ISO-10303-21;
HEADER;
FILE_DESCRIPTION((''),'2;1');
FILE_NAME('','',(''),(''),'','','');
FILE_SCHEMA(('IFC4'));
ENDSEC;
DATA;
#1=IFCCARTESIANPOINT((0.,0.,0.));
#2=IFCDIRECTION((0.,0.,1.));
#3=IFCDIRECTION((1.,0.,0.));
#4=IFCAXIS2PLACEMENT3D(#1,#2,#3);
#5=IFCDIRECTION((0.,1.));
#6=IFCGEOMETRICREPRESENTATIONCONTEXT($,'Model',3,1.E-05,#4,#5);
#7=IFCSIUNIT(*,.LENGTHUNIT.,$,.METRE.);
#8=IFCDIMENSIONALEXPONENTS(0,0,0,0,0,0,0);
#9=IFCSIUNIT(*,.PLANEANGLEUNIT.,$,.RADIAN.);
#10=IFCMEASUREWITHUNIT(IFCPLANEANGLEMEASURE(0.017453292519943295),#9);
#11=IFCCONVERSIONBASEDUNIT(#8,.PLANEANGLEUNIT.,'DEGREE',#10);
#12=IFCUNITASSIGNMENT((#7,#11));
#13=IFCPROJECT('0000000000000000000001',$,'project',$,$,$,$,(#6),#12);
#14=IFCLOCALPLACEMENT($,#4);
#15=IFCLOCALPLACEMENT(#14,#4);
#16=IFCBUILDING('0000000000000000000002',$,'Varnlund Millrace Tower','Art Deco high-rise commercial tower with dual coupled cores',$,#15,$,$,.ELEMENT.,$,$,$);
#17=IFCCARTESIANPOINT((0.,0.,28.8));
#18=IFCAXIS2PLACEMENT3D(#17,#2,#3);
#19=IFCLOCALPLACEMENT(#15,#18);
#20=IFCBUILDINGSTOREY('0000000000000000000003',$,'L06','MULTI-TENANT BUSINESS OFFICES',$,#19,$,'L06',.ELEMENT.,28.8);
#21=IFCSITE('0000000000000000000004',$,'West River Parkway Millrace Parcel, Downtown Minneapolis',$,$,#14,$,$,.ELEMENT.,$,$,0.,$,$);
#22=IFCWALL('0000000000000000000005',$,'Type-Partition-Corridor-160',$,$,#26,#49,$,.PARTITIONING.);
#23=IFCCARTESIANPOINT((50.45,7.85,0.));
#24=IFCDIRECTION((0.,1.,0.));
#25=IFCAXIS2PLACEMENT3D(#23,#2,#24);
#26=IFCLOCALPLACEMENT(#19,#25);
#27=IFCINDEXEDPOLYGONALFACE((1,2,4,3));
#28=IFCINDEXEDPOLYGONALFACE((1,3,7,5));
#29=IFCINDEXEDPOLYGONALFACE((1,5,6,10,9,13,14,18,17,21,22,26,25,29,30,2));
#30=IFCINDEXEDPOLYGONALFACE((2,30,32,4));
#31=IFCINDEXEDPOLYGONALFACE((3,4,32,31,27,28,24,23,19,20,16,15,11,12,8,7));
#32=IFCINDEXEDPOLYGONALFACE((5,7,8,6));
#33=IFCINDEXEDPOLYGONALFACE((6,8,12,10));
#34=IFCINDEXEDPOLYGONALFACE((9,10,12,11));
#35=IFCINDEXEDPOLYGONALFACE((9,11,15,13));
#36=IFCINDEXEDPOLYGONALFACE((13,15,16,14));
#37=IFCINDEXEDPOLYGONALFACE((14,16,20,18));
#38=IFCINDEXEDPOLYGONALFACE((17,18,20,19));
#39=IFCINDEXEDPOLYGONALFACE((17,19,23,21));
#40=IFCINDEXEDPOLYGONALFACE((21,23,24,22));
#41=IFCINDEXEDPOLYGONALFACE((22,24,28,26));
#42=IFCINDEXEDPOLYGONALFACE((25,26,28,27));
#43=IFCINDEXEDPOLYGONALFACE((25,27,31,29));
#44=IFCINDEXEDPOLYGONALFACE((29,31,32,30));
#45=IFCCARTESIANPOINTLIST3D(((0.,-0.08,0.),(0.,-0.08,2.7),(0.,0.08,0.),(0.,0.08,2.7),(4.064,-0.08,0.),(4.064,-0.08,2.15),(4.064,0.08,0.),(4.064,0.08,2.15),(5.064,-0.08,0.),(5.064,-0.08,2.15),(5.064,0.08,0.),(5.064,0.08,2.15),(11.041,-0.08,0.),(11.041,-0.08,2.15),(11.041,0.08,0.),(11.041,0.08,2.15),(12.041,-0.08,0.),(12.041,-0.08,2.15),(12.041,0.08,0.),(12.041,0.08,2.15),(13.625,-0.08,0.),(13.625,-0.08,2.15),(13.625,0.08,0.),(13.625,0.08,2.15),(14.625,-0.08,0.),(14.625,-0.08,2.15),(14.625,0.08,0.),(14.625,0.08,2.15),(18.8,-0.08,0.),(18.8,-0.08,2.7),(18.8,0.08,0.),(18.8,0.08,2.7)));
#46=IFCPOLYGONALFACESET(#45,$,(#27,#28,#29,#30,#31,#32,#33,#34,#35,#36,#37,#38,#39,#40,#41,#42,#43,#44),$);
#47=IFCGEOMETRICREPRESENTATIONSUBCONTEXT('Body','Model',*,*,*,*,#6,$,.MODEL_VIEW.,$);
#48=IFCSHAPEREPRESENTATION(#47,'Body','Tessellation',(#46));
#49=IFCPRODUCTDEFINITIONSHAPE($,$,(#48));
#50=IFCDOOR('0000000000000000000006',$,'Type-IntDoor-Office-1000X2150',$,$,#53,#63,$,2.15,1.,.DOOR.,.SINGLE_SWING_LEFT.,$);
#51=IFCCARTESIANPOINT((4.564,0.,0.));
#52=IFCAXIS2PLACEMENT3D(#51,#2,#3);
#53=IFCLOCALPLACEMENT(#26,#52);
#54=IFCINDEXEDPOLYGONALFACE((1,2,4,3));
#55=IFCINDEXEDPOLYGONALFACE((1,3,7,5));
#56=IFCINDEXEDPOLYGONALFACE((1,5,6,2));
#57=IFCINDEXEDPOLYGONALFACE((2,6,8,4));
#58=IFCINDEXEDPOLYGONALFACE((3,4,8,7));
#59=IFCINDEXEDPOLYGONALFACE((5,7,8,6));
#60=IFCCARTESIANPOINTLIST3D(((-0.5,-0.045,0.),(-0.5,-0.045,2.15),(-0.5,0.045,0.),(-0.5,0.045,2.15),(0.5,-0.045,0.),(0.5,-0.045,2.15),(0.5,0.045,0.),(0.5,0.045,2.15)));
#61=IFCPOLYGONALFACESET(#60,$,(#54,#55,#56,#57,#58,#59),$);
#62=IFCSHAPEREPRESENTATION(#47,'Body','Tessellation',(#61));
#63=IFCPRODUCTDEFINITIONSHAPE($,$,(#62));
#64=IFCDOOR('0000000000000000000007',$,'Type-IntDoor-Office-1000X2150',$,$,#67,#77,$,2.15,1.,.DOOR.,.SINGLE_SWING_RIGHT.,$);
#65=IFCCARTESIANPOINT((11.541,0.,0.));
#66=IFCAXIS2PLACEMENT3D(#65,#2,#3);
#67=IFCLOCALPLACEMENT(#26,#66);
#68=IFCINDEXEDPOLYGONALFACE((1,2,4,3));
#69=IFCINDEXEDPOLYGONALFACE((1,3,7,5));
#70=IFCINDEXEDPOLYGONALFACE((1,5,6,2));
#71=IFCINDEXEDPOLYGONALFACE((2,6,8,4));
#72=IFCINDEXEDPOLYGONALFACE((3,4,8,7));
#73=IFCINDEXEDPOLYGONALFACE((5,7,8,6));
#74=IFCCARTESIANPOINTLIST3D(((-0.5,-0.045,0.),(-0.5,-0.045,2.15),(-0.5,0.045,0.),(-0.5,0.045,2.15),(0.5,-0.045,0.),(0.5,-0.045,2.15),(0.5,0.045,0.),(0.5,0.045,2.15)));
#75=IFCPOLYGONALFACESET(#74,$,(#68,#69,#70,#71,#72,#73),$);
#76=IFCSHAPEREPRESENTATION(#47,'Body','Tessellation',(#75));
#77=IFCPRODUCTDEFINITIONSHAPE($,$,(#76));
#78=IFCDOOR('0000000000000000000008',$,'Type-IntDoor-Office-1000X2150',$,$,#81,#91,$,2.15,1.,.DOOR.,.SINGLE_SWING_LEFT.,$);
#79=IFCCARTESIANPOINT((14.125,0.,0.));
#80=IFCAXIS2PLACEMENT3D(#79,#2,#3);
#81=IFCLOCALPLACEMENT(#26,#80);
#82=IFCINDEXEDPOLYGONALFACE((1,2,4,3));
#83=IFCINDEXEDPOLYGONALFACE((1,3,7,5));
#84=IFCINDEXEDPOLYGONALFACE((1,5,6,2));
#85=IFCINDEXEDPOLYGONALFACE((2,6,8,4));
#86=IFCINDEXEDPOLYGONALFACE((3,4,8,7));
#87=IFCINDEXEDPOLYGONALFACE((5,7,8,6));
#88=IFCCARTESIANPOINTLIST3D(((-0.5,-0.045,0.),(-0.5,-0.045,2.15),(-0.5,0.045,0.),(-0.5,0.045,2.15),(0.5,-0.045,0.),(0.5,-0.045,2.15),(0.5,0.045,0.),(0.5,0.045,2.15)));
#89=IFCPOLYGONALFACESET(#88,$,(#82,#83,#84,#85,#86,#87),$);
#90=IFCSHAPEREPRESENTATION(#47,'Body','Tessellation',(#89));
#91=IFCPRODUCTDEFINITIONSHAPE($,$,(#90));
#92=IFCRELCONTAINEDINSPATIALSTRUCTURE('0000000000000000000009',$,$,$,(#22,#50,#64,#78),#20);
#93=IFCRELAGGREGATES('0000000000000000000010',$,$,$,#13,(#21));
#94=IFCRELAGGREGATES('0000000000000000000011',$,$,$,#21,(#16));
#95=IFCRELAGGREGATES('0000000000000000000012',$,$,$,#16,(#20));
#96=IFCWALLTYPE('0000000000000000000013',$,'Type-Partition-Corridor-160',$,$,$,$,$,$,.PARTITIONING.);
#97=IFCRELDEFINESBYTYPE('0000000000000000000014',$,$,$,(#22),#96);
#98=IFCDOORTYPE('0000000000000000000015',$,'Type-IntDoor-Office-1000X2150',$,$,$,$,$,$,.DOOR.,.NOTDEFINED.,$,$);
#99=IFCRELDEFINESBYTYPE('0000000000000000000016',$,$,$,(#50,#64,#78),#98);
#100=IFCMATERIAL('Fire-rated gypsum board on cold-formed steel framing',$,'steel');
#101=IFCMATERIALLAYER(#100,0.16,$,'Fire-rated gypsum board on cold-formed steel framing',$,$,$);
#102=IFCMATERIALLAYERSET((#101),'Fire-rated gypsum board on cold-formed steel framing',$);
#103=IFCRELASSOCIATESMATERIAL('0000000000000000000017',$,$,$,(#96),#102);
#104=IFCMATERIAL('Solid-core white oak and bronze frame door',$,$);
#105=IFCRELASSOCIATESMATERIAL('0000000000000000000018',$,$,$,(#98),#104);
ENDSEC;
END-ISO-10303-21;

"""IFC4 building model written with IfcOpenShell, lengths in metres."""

from ifc_helpers import new_model, entity, si_unit, converted_unit, direction, frame, origin_with_axes, origin_2d_with_axis, place, context, subcontext, project, spatial, polyline, rectangle, outline, extrude, material, layer, layer_set, type_object, element, fill, save


model = new_model("IFC4")

# Units and contexts
model_context = context("Model", 3, precision=1e-05, world=origin_with_axes(), true_north=direction((0.0, 1.0)))
body_context = subcontext(model_context, "Body", "Model", "MODEL_VIEW")
ifc_project = project(units=[si_unit("LENGTHUNIT", "METRE"), converted_unit("PLANEANGLEUNIT", "DEGREE", entity("IfcPlaneAngleMeasure", 0.017453292519943295), si_unit("PLANEANGLEUNIT", "RADIAN"), dimensions=[0, 0, 0, 0, 0, 0, 0])], contexts=[model_context])

# Site, building, storey
site_placement = place(None, origin_with_axes())
site = spatial("IfcSite", under=ifc_project, at=site_placement, Name="West River Parkway Millrace Parcel, Downtown Minneapolis", CompositionType="ELEMENT", RefElevation=0.0)
building_placement = place(site_placement, origin_with_axes())
building = spatial("IfcBuilding", under=site, at=building_placement, Name="Varnlund Millrace Tower", Description="Art Deco high-rise commercial tower with dual coupled cores", CompositionType="ELEMENT")
storey_placement = place(building_placement, frame((0.0, 0.0, 28.8), z_axis=(0.0, 0.0, 1.0), x_axis=(1.0, 0.0, 0.0)))
storey = spatial("IfcBuildingStorey", under=building, at=storey_placement, Name="L06", Description="MULTI-TENANT BUSINESS OFFICES", LongName="L06", CompositionType="ELEMENT", Elevation=28.8)

# Wall, openings, doors
ifc_material_1 = material(Name="Fire-rated gypsum board on cold-formed steel framing", Category="steel")
ifc_layer_1 = layer(ifc_material_1, 0.16, Name="Fire-rated gypsum board on cold-formed steel framing")
ifc_layer_set_1 = layer_set([ifc_layer_1], Name="Fire-rated gypsum board on cold-formed steel framing")
wall_type_1 = type_object("IfcWallType", Name="Type-Partition-Corridor-160", PredefinedType="PARTITIONING", material=ifc_layer_set_1)
wall_1_placement = place(storey_placement, frame((50.45, 7.85, 0.0), z_axis=(0.0, 0.0, 1.0), x_axis=(0.0, 1.0, 0.0)))
wall_1 = element("IfcWall", 1, at=wall_1_placement, inside=storey, type_object=wall_type_1, Name="Type-Partition-Corridor-160", PredefinedType="PARTITIONING", context=body_context, shape_type="SweptSolid", body=[
    extrude(outline(polyline([(0.0, -0.08), (18.8, -0.08), (18.8, 0.08), (0.0, 0.08), (0.0, -0.08)])), origin_with_axes(), (0.0, 0.0, 1.0), 2.7),
])
opening_1_placement = place(wall_1_placement, frame((4.564, 0.0, 0.0), z_axis=(0.0, 0.0, 1.0), x_axis=(1.0, 0.0, 0.0)))
opening_1 = element("IfcOpeningElement", 2, at=opening_1_placement, cuts=wall_1, PredefinedType="OPENING", context=body_context, shape_type="SweptSolid", body=[
    extrude(rectangle(XDim=1.0, YDim=0.18, at=origin_2d_with_axis()), origin_with_axes(), (0.0, 0.0, 1.0), 2.15),
])
opening_2_placement = place(wall_1_placement, frame((11.541, 0.0, 0.0), z_axis=(0.0, 0.0, 1.0), x_axis=(1.0, 0.0, 0.0)))
opening_2 = element("IfcOpeningElement", 3, at=opening_2_placement, cuts=wall_1, PredefinedType="OPENING", context=body_context, shape_type="SweptSolid", body=[
    extrude(rectangle(XDim=1.0, YDim=0.18, at=origin_2d_with_axis()), origin_with_axes(), (0.0, 0.0, 1.0), 2.15),
])
opening_3_placement = place(wall_1_placement, frame((14.125, 0.0, 0.0), z_axis=(0.0, 0.0, 1.0), x_axis=(1.0, 0.0, 0.0)))
opening_3 = element("IfcOpeningElement", 4, at=opening_3_placement, cuts=wall_1, PredefinedType="OPENING", context=body_context, shape_type="SweptSolid", body=[
    extrude(rectangle(XDim=1.0, YDim=0.18, at=origin_2d_with_axis()), origin_with_axes(), (0.0, 0.0, 1.0), 2.15),
])
ifc_material_2 = material(Name="Solid-core white oak and bronze frame door")
door_type_1 = type_object("IfcDoorType", Name="Type-IntDoor-Office-1000X2150", OperationType="NOTDEFINED", PredefinedType="DOOR", material=ifc_material_2)
door_1_placement = place(wall_1_placement, frame((4.564, 0.0, 0.0), z_axis=(0.0, 0.0, 1.0), x_axis=(1.0, 0.0, 0.0)))
door_1 = element("IfcDoor", 5, at=door_1_placement, inside=storey, type_object=door_type_1, Name="Type-IntDoor-Office-1000X2150", OperationType="SINGLE_SWING_LEFT", OverallHeight=2.15, OverallWidth=1.0, PredefinedType="DOOR", context=body_context, shape_type="SweptSolid", body=[
    extrude(rectangle(XDim=1.0, YDim=0.09, at=origin_2d_with_axis()), origin_with_axes(), (0.0, 0.0, 1.0), 2.15),
])
fill(opening_1, door_1)
door_2_placement = place(wall_1_placement, frame((11.541, 0.0, 0.0), z_axis=(0.0, 0.0, 1.0), x_axis=(1.0, 0.0, 0.0)))
door_2 = element("IfcDoor", 6, at=door_2_placement, inside=storey, type_object=door_type_1, Name="Type-IntDoor-Office-1000X2150", OperationType="SINGLE_SWING_RIGHT", OverallHeight=2.15, OverallWidth=1.0, PredefinedType="DOOR", context=body_context, shape_type="SweptSolid", body=[
    extrude(rectangle(XDim=1.0, YDim=0.09, at=origin_2d_with_axis()), origin_with_axes(), (0.0, 0.0, 1.0), 2.15),
])
fill(opening_2, door_2)
door_3_placement = place(wall_1_placement, frame((14.125, 0.0, 0.0), z_axis=(0.0, 0.0, 1.0), x_axis=(1.0, 0.0, 0.0)))
door_3 = element("IfcDoor", 7, at=door_3_placement, inside=storey, type_object=door_type_1, Name="Type-IntDoor-Office-1000X2150", OperationType="SINGLE_SWING_LEFT", OverallHeight=2.15, OverallWidth=1.0, PredefinedType="DOOR", context=body_context, shape_type="SweptSolid", body=[
    extrude(rectangle(XDim=1.0, YDim=0.09, at=origin_2d_with_axis()), origin_with_axes(), (0.0, 0.0, 1.0), 2.15),
])
fill(opening_3, door_3)

save(model, "model.ifc")
